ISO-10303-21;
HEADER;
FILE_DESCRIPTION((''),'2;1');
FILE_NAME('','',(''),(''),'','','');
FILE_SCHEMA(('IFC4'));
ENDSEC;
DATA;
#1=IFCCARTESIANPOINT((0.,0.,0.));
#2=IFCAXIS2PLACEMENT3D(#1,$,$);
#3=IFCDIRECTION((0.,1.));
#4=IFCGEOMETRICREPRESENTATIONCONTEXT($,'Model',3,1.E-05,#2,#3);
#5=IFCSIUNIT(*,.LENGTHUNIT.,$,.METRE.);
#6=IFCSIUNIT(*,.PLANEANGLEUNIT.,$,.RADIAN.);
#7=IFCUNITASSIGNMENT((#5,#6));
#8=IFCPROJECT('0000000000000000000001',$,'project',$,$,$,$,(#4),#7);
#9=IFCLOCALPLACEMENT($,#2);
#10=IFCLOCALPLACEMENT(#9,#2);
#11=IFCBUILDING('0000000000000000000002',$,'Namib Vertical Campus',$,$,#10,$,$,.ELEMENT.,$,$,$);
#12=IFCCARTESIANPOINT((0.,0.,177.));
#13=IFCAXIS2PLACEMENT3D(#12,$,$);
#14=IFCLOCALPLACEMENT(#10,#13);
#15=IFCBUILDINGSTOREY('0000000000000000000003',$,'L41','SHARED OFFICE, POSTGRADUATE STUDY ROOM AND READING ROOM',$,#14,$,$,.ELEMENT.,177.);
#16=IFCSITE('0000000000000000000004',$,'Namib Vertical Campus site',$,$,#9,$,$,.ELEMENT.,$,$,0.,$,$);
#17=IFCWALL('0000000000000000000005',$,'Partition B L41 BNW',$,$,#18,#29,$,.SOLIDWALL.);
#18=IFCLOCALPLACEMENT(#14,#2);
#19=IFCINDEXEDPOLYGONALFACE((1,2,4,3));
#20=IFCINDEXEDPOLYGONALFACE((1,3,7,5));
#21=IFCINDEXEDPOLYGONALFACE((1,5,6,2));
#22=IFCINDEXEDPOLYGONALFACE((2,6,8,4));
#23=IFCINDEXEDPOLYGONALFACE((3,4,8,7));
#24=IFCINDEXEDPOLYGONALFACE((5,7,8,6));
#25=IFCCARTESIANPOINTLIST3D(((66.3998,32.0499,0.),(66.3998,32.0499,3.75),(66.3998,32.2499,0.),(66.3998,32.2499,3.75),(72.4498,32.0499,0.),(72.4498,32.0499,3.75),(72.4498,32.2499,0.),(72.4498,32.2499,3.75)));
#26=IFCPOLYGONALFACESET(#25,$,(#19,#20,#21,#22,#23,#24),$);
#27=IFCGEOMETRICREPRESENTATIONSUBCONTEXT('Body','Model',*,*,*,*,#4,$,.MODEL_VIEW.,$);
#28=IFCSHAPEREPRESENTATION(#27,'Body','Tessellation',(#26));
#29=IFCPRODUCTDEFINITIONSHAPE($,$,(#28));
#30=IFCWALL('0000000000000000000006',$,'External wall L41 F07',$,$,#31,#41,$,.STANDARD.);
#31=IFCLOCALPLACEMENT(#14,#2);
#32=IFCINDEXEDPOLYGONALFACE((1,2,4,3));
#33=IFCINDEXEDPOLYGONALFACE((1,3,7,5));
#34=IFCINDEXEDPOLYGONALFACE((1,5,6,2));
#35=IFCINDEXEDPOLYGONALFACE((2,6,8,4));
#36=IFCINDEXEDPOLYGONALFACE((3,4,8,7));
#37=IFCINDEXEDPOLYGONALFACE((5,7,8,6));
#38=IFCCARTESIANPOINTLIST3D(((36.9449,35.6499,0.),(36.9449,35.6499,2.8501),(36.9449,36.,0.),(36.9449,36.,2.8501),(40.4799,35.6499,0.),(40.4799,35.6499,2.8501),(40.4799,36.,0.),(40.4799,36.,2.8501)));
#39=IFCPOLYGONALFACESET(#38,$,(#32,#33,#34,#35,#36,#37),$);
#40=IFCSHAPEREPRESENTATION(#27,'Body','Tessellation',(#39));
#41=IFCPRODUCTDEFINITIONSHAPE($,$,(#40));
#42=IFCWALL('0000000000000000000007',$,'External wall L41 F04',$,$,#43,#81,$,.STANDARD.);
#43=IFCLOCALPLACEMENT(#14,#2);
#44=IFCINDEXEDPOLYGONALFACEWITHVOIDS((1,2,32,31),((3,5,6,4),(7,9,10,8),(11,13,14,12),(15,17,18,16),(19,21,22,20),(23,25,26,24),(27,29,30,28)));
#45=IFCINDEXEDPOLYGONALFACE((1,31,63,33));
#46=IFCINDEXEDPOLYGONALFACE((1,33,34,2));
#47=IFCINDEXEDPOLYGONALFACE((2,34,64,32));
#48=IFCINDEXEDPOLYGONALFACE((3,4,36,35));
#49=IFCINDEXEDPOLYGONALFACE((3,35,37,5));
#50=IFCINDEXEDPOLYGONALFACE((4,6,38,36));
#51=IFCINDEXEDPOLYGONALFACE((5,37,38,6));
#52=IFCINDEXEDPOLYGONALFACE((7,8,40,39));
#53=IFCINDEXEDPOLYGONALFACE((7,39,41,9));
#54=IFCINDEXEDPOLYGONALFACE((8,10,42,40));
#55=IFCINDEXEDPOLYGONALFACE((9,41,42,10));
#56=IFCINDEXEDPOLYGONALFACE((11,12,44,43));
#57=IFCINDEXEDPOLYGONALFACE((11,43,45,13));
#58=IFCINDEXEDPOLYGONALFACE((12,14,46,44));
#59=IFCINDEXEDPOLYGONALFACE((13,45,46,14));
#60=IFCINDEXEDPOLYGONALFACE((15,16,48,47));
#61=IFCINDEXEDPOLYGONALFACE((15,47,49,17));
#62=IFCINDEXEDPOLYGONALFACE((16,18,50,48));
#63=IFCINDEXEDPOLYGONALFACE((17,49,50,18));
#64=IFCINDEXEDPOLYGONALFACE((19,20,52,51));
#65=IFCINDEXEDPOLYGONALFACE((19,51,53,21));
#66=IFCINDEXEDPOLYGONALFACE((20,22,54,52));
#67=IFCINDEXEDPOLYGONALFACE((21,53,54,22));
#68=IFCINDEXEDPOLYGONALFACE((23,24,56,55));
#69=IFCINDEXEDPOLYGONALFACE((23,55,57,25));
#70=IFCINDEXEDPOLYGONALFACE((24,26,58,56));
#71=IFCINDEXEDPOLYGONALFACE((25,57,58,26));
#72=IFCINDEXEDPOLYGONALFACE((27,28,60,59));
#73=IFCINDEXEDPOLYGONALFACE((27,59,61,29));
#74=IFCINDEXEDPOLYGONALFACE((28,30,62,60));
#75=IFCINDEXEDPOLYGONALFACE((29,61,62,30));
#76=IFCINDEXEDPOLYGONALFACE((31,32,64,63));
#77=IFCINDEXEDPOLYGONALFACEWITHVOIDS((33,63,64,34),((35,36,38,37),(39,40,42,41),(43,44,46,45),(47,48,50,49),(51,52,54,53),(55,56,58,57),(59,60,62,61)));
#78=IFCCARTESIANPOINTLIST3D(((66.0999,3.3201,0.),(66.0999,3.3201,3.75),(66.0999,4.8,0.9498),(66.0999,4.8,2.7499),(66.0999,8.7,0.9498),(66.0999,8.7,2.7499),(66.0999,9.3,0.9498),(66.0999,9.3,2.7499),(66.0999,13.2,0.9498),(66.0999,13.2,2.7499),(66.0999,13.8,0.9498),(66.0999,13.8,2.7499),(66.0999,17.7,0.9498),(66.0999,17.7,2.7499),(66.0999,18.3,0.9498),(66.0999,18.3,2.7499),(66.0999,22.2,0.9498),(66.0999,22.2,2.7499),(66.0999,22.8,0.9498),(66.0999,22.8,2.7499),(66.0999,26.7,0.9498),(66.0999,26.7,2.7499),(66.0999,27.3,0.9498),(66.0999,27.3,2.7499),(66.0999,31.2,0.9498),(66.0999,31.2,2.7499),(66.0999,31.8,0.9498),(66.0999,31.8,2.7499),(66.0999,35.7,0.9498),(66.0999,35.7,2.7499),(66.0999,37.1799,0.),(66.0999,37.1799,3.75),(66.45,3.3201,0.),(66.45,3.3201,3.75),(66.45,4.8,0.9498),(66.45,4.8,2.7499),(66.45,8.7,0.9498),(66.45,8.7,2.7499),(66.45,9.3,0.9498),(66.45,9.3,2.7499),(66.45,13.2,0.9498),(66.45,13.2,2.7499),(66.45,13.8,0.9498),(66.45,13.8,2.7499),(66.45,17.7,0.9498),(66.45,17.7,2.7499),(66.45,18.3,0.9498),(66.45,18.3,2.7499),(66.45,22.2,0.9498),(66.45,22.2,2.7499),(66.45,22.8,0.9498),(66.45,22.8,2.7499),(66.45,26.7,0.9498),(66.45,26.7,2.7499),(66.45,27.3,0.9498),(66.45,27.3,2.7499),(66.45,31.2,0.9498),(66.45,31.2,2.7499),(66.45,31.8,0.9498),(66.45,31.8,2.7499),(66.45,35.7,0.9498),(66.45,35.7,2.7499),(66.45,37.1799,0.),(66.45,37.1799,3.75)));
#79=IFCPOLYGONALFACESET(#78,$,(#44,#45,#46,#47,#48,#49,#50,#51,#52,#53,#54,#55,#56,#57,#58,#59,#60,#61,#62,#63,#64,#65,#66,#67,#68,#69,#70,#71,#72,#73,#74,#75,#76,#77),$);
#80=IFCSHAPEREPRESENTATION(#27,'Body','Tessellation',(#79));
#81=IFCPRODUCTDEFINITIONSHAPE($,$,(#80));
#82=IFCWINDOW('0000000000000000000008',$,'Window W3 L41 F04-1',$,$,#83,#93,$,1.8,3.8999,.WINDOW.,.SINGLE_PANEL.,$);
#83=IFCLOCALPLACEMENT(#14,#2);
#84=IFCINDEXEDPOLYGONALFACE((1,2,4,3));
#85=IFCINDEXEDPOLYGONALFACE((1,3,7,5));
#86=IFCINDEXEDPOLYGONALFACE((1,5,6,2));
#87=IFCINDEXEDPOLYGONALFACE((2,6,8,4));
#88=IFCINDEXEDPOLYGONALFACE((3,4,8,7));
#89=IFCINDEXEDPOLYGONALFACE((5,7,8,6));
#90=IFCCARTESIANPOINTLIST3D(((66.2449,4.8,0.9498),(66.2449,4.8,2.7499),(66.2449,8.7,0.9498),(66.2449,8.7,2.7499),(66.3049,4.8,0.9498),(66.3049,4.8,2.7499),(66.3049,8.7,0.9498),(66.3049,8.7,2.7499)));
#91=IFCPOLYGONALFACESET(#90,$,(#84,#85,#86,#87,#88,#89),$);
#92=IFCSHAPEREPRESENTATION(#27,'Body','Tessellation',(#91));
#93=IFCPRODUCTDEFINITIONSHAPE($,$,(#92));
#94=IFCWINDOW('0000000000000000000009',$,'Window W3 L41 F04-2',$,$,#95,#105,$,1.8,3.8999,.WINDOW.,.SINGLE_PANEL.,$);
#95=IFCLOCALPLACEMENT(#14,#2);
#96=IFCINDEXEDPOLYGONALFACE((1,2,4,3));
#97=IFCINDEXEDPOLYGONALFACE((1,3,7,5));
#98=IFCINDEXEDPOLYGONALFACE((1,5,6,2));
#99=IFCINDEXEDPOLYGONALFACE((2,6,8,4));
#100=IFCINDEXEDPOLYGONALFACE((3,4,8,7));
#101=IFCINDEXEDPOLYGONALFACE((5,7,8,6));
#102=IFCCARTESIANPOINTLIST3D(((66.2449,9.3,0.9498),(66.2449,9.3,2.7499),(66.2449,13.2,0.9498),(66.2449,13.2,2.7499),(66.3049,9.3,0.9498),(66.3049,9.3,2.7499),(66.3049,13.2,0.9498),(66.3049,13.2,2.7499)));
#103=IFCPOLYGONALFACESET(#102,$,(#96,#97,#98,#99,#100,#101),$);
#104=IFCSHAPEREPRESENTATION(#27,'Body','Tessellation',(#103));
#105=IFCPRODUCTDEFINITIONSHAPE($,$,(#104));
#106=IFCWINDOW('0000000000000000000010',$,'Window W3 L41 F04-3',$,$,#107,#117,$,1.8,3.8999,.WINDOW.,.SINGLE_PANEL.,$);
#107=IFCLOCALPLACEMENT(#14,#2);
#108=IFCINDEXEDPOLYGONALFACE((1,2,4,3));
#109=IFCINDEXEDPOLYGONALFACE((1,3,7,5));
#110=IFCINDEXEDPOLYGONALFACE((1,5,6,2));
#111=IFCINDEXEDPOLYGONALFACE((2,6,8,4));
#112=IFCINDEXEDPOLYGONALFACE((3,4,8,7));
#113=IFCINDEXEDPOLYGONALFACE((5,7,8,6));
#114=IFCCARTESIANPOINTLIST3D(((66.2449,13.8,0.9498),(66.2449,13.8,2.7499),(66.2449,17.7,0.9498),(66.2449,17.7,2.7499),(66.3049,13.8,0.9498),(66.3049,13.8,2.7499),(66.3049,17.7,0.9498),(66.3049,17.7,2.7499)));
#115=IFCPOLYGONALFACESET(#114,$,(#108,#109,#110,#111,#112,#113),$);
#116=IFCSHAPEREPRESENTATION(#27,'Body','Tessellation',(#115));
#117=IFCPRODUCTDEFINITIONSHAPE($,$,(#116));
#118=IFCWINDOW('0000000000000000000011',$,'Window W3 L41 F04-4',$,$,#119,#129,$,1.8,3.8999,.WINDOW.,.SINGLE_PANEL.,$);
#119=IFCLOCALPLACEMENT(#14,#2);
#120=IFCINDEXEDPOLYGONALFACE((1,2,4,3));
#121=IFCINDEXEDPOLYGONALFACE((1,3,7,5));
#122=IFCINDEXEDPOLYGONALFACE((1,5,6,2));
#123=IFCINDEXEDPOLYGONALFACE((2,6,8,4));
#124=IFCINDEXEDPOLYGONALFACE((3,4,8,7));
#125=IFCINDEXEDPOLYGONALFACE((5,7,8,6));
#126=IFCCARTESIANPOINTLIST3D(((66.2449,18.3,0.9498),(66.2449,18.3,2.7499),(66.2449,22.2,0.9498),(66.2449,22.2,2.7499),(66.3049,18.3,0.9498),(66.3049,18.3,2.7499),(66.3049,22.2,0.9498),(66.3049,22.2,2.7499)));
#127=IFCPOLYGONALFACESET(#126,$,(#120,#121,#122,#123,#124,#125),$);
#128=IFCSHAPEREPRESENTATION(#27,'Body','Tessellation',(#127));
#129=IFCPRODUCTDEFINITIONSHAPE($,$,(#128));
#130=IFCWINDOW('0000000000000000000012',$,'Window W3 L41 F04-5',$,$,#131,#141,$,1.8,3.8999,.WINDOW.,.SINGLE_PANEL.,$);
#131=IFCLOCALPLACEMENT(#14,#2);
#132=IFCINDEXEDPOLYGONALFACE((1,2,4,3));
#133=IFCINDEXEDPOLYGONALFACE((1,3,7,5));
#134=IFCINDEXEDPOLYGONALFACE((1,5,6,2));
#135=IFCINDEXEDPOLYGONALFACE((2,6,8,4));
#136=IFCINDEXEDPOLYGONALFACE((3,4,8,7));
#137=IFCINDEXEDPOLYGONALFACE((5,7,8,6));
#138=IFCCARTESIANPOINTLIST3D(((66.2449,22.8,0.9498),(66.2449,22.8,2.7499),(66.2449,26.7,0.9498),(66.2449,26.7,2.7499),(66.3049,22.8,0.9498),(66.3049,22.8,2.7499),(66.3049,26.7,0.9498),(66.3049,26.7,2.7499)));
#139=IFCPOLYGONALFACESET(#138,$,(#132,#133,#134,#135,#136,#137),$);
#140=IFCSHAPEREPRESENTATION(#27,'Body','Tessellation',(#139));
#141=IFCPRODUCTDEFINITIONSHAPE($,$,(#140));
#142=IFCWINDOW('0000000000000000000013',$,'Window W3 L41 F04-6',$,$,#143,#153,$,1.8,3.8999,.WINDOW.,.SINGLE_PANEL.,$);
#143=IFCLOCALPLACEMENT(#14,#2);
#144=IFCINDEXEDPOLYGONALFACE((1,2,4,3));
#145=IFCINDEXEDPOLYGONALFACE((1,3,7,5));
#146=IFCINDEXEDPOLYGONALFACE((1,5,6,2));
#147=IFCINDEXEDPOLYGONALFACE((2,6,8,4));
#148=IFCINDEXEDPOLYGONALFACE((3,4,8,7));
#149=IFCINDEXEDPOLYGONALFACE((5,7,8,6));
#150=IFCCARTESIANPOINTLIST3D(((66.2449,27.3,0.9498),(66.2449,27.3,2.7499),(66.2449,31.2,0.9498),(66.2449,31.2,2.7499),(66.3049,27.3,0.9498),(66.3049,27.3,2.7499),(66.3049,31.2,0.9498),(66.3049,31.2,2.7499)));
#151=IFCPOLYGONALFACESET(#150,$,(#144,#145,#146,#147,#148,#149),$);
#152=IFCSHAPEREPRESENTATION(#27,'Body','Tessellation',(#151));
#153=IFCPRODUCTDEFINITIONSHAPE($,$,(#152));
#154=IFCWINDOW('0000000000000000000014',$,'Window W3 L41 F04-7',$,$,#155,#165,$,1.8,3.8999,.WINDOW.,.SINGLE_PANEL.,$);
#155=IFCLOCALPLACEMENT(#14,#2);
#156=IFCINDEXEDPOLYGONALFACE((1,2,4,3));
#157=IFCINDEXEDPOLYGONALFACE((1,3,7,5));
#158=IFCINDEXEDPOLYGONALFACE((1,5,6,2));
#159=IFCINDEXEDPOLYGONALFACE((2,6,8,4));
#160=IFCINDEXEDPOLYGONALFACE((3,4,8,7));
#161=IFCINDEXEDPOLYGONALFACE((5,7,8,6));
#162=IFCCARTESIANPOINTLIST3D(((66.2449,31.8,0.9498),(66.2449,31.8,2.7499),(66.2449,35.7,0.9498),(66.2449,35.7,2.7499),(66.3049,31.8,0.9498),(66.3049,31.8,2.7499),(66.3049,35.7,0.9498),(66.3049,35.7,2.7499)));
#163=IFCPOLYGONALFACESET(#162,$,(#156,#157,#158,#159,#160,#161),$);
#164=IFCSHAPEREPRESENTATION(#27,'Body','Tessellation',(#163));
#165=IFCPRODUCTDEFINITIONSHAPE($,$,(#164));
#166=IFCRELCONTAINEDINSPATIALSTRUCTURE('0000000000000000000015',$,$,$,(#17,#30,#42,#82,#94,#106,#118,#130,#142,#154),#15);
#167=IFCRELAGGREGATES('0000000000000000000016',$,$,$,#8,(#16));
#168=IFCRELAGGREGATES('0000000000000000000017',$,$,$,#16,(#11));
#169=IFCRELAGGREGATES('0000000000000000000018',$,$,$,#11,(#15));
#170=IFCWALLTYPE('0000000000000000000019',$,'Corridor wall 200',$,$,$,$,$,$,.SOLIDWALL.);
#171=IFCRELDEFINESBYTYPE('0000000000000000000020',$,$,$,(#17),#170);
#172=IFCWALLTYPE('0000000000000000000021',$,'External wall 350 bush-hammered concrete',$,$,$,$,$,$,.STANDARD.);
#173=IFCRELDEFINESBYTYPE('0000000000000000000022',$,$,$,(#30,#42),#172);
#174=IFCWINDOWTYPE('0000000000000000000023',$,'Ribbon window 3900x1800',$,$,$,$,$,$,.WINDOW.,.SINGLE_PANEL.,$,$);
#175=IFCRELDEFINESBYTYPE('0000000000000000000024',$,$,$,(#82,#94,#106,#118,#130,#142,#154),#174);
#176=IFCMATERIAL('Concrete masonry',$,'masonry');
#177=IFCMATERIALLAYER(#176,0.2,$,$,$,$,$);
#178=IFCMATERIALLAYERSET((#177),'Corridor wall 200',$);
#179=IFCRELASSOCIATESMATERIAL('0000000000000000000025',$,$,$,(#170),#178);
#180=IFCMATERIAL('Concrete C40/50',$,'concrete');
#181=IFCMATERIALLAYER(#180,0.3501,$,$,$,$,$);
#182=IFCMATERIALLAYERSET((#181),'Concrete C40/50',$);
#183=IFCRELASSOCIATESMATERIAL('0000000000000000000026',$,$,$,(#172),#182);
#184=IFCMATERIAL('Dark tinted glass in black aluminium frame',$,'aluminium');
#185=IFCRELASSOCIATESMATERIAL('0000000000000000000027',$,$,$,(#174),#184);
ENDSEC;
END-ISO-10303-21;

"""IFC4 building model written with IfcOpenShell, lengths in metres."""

from ifc_helpers import new_model, si_unit, direction, frame, frame_2d, origin, place, context, subcontext, project, spatial, rectangle, extrude, material, layer, layer_set, type_object, element, fill, save


model = new_model("IFC4")

# Units and contexts
model_context = context("Model", 3, precision=1e-05, world=origin(), true_north=direction((0.0, 1.0)))
body_context = subcontext(model_context, "Body", "Model", "MODEL_VIEW")
ifc_project = project(units=[si_unit("LENGTHUNIT", "METRE"), si_unit("PLANEANGLEUNIT", "RADIAN")], contexts=[model_context])

# Site, building, storey
site_placement = place(None, origin())
site = spatial("IfcSite", under=ifc_project, at=site_placement, Name="Namib Vertical Campus site", CompositionType="ELEMENT", RefElevation=0.0)
building_placement = place(site_placement, origin())
building = spatial("IfcBuilding", under=site, at=building_placement, Name="Namib Vertical Campus", CompositionType="ELEMENT")
storey_placement = place(building_placement, frame((0.0, 0.0, 177.0)))
storey = spatial("IfcBuildingStorey", under=building, at=storey_placement, Name="L41", Description="SHARED OFFICE, POSTGRADUATE STUDY ROOM AND READING ROOM", CompositionType="ELEMENT", Elevation=177.0)

# Walls
ifc_material_1 = material(Name="Concrete masonry", Category="masonry")
ifc_layer_1 = layer(ifc_material_1, 0.2)
ifc_layer_set_1 = layer_set([ifc_layer_1], Name="Corridor wall 200")
wall_type_1 = type_object("IfcWallType", Name="Corridor wall 200", PredefinedType="SOLIDWALL", material=ifc_layer_set_1)
wall_1_placement = place(storey_placement, frame((66.3999, 32.1499, 0.0), z_axis=(0.0, 0.0, 1.0), x_axis=(1.0, 0.0, 0.0)))
element("IfcWall", 1, at=wall_1_placement, inside=storey, type_object=wall_type_1, Name="Partition B L41 BNW", PredefinedType="SOLIDWALL", context=body_context, shape_type="SweptSolid", body=[
    extrude(rectangle(XDim=6.05, YDim=0.2, at=frame_2d((3.0249, 0.0))), origin(), (0.0, 0.0, 1.0), 3.75),
])
ifc_material_2 = material(Name="Concrete C40/50", Category="concrete")
ifc_layer_2 = layer(ifc_material_2, 0.3501)
ifc_layer_set_2 = layer_set([ifc_layer_2], Name="Concrete C40/50")
wall_type_2 = type_object("IfcWallType", Name="External wall 350 bush-hammered concrete", PredefinedType="STANDARD", material=ifc_layer_set_2)
wall_2_placement = place(storey_placement, frame((40.48, 35.825, 0.0), z_axis=(0.0, 0.0, 1.0), x_axis=(-1.0, 0.0, 0.0)))
element("IfcWall", 2, at=wall_2_placement, inside=storey, type_object=wall_type_2, Name="External wall L41 F07", PredefinedType="STANDARD", context=body_context, shape_type="SweptSolid", body=[
    extrude(rectangle(XDim=3.5349, YDim=0.3501, at=frame_2d((1.7676, 0.0))), origin(), (0.0, 0.0, 1.0), 2.8501),
])

# Wall, openings, windows
wall_3_placement = place(storey_placement, frame((66.2749, 37.1799, 0.0), z_axis=(0.0, 0.0, 1.0), x_axis=(0.0, -1.0, 0.0)))
wall_3 = element("IfcWall", 3, at=wall_3_placement, inside=storey, type_object=wall_type_2, Name="External wall L41 F04", PredefinedType="STANDARD", context=body_context, shape_type="SweptSolid", body=[
    extrude(rectangle(XDim=33.8599, YDim=0.3501, at=frame_2d((16.9299, 0.0))), origin(), (0.0, 0.0, 1.0), 3.75),
])
opening_1_placement = place(wall_3_placement, frame((28.48, 0.0, 0.95)))
opening_1 = element("IfcOpeningElement", 4, at=opening_1_placement, cuts=wall_3, PredefinedType="OPENING", context=body_context, shape_type="SweptSolid", body=[
    extrude(rectangle(XDim=3.8999, YDim=1.8, at=frame_2d((1.95, 0.8999))), frame((0.0, 0.1851, 0.0), z_axis=(0.0, -1.0, 0.0), x_axis=(1.0, 0.0, 0.0)), (0.0, 0.0, 1.0), 0.3701),
])
opening_2_placement = place(wall_3_placement, frame((23.98, 0.0, 0.95)))
opening_2 = element("IfcOpeningElement", 5, at=opening_2_placement, cuts=wall_3, PredefinedType="OPENING", context=body_context, shape_type="SweptSolid", body=[
    extrude(rectangle(XDim=3.8999, YDim=1.8, at=frame_2d((1.95, 0.8999))), frame((0.0, 0.1851, 0.0), z_axis=(0.0, -1.0, 0.0), x_axis=(1.0, 0.0, 0.0)), (0.0, 0.0, 1.0), 0.3701),
])
opening_3_placement = place(wall_3_placement, frame((19.48, 0.0, 0.95)))
opening_3 = element("IfcOpeningElement", 6, at=opening_3_placement, cuts=wall_3, PredefinedType="OPENING", context=body_context, shape_type="SweptSolid", body=[
    extrude(rectangle(XDim=3.8999, YDim=1.8, at=frame_2d((1.95, 0.8999))), frame((0.0, 0.1851, 0.0), z_axis=(0.0, -1.0, 0.0), x_axis=(1.0, 0.0, 0.0)), (0.0, 0.0, 1.0), 0.3701),
])
opening_4_placement = place(wall_3_placement, frame((14.98, 0.0, 0.95)))
opening_4 = element("IfcOpeningElement", 7, at=opening_4_placement, cuts=wall_3, PredefinedType="OPENING", context=body_context, shape_type="SweptSolid", body=[
    extrude(rectangle(XDim=3.8999, YDim=1.8, at=frame_2d((1.95, 0.8999))), frame((0.0, 0.1851, 0.0), z_axis=(0.0, -1.0, 0.0), x_axis=(1.0, 0.0, 0.0)), (0.0, 0.0, 1.0), 0.3701),
])
opening_5_placement = place(wall_3_placement, frame((10.48, 0.0, 0.95)))
opening_5 = element("IfcOpeningElement", 8, at=opening_5_placement, cuts=wall_3, PredefinedType="OPENING", context=body_context, shape_type="SweptSolid", body=[
    extrude(rectangle(XDim=3.8999, YDim=1.8, at=frame_2d((1.95, 0.8999))), frame((0.0, 0.1851, 0.0), z_axis=(0.0, -1.0, 0.0), x_axis=(1.0, 0.0, 0.0)), (0.0, 0.0, 1.0), 0.3701),
])
opening_6_placement = place(wall_3_placement, frame((5.98, 0.0, 0.95)))
opening_6 = element("IfcOpeningElement", 9, at=opening_6_placement, cuts=wall_3, PredefinedType="OPENING", context=body_context, shape_type="SweptSolid", body=[
    extrude(rectangle(XDim=3.8999, YDim=1.8, at=frame_2d((1.95, 0.8999))), frame((0.0, 0.1851, 0.0), z_axis=(0.0, -1.0, 0.0), x_axis=(1.0, 0.0, 0.0)), (0.0, 0.0, 1.0), 0.3701),
])
opening_7_placement = place(wall_3_placement, frame((1.48, 0.0, 0.95)))
opening_7 = element("IfcOpeningElement", 10, at=opening_7_placement, cuts=wall_3, PredefinedType="OPENING", context=body_context, shape_type="SweptSolid", body=[
    extrude(rectangle(XDim=3.8999, YDim=1.8, at=frame_2d((1.95, 0.8999))), frame((0.0, 0.1851, 0.0), z_axis=(0.0, -1.0, 0.0), x_axis=(1.0, 0.0, 0.0)), (0.0, 0.0, 1.0), 0.3701),
])
ifc_material_3 = material(Name="Dark tinted glass in black aluminium frame", Category="aluminium")
window_type = type_object("IfcWindowType", Name="Ribbon window 3900x1800", PartitioningType="SINGLE_PANEL", PredefinedType="WINDOW", material=ifc_material_3)
window_1_placement = place(opening_1_placement, origin())
window_1 = element("IfcWindow", 11, at=window_1_placement, inside=storey, type_object=window_type, Name="Window W3 L41 F04-1", OverallHeight=1.8, OverallWidth=3.8999, PartitioningType="SINGLE_PANEL", PredefinedType="WINDOW", context=body_context, shape_type="SweptSolid", body=[
    extrude(rectangle(XDim=3.8999, YDim=1.8, at=frame_2d((1.95, 0.8999))), frame((0.0, 0.03, 0.0), z_axis=(0.0, -1.0, 0.0), x_axis=(1.0, 0.0, 0.0)), (0.0, 0.0, 1.0), 0.0601),
])
fill(opening_1, window_1)
window_2_placement = place(opening_2_placement, origin())
window_2 = element("IfcWindow", 12, at=window_2_placement, inside=storey, type_object=window_type, Name="Window W3 L41 F04-2", OverallHeight=1.8, OverallWidth=3.8999, PartitioningType="SINGLE_PANEL", PredefinedType="WINDOW", context=body_context, shape_type="SweptSolid", body=[
    extrude(rectangle(XDim=3.8999, YDim=1.8, at=frame_2d((1.95, 0.8999))), frame((0.0, 0.03, 0.0), z_axis=(0.0, -1.0, 0.0), x_axis=(1.0, 0.0, 0.0)), (0.0, 0.0, 1.0), 0.0601),
])
fill(opening_2, window_2)
window_3_placement = place(opening_3_placement, origin())
window_3 = element("IfcWindow", 13, at=window_3_placement, inside=storey, type_object=window_type, Name="Window W3 L41 F04-3", OverallHeight=1.8, OverallWidth=3.8999, PartitioningType="SINGLE_PANEL", PredefinedType="WINDOW", context=body_context, shape_type="SweptSolid", body=[
    extrude(rectangle(XDim=3.8999, YDim=1.8, at=frame_2d((1.95, 0.8999))), frame((0.0, 0.03, 0.0), z_axis=(0.0, -1.0, 0.0), x_axis=(1.0, 0.0, 0.0)), (0.0, 0.0, 1.0), 0.0601),
])
fill(opening_3, window_3)
window_4_placement = place(opening_4_placement, origin())
window_4 = element("IfcWindow", 14, at=window_4_placement, inside=storey, type_object=window_type, Name="Window W3 L41 F04-4", OverallHeight=1.8, OverallWidth=3.8999, PartitioningType="SINGLE_PANEL", PredefinedType="WINDOW", context=body_context, shape_type="SweptSolid", body=[
    extrude(rectangle(XDim=3.8999, YDim=1.8, at=frame_2d((1.95, 0.8999))), frame((0.0, 0.03, 0.0), z_axis=(0.0, -1.0, 0.0), x_axis=(1.0, 0.0, 0.0)), (0.0, 0.0, 1.0), 0.0601),
])
fill(opening_4, window_4)
window_5_placement = place(opening_5_placement, origin())
window_5 = element("IfcWindow", 15, at=window_5_placement, inside=storey, type_object=window_type, Name="Window W3 L41 F04-5", OverallHeight=1.8, OverallWidth=3.8999, PartitioningType="SINGLE_PANEL", PredefinedType="WINDOW", context=body_context, shape_type="SweptSolid", body=[
    extrude(rectangle(XDim=3.8999, YDim=1.8, at=frame_2d((1.95, 0.8999))), frame((0.0, 0.03, 0.0), z_axis=(0.0, -1.0, 0.0), x_axis=(1.0, 0.0, 0.0)), (0.0, 0.0, 1.0), 0.0601),
])
fill(opening_5, window_5)
window_6_placement = place(opening_6_placement, origin())
window_6 = element("IfcWindow", 16, at=window_6_placement, inside=storey, type_object=window_type, Name="Window W3 L41 F04-6", OverallHeight=1.8, OverallWidth=3.8999, PartitioningType="SINGLE_PANEL", PredefinedType="WINDOW", context=body_context, shape_type="SweptSolid", body=[
    extrude(rectangle(XDim=3.8999, YDim=1.8, at=frame_2d((1.95, 0.8999))), frame((0.0, 0.03, 0.0), z_axis=(0.0, -1.0, 0.0), x_axis=(1.0, 0.0, 0.0)), (0.0, 0.0, 1.0), 0.0601),
])
fill(opening_6, window_6)
window_7_placement = place(opening_7_placement, origin())
window_7 = element("IfcWindow", 17, at=window_7_placement, inside=storey, type_object=window_type, Name="Window W3 L41 F04-7", OverallHeight=1.8, OverallWidth=3.8999, PartitioningType="SINGLE_PANEL", PredefinedType="WINDOW", context=body_context, shape_type="SweptSolid", body=[
    extrude(rectangle(XDim=3.8999, YDim=1.8, at=frame_2d((1.95, 0.8999))), frame((0.0, 0.03, 0.0), z_axis=(0.0, -1.0, 0.0), x_axis=(1.0, 0.0, 0.0)), (0.0, 0.0, 1.0), 0.0601),
])
fill(opening_7, window_7)

save(model, "model.ifc")
